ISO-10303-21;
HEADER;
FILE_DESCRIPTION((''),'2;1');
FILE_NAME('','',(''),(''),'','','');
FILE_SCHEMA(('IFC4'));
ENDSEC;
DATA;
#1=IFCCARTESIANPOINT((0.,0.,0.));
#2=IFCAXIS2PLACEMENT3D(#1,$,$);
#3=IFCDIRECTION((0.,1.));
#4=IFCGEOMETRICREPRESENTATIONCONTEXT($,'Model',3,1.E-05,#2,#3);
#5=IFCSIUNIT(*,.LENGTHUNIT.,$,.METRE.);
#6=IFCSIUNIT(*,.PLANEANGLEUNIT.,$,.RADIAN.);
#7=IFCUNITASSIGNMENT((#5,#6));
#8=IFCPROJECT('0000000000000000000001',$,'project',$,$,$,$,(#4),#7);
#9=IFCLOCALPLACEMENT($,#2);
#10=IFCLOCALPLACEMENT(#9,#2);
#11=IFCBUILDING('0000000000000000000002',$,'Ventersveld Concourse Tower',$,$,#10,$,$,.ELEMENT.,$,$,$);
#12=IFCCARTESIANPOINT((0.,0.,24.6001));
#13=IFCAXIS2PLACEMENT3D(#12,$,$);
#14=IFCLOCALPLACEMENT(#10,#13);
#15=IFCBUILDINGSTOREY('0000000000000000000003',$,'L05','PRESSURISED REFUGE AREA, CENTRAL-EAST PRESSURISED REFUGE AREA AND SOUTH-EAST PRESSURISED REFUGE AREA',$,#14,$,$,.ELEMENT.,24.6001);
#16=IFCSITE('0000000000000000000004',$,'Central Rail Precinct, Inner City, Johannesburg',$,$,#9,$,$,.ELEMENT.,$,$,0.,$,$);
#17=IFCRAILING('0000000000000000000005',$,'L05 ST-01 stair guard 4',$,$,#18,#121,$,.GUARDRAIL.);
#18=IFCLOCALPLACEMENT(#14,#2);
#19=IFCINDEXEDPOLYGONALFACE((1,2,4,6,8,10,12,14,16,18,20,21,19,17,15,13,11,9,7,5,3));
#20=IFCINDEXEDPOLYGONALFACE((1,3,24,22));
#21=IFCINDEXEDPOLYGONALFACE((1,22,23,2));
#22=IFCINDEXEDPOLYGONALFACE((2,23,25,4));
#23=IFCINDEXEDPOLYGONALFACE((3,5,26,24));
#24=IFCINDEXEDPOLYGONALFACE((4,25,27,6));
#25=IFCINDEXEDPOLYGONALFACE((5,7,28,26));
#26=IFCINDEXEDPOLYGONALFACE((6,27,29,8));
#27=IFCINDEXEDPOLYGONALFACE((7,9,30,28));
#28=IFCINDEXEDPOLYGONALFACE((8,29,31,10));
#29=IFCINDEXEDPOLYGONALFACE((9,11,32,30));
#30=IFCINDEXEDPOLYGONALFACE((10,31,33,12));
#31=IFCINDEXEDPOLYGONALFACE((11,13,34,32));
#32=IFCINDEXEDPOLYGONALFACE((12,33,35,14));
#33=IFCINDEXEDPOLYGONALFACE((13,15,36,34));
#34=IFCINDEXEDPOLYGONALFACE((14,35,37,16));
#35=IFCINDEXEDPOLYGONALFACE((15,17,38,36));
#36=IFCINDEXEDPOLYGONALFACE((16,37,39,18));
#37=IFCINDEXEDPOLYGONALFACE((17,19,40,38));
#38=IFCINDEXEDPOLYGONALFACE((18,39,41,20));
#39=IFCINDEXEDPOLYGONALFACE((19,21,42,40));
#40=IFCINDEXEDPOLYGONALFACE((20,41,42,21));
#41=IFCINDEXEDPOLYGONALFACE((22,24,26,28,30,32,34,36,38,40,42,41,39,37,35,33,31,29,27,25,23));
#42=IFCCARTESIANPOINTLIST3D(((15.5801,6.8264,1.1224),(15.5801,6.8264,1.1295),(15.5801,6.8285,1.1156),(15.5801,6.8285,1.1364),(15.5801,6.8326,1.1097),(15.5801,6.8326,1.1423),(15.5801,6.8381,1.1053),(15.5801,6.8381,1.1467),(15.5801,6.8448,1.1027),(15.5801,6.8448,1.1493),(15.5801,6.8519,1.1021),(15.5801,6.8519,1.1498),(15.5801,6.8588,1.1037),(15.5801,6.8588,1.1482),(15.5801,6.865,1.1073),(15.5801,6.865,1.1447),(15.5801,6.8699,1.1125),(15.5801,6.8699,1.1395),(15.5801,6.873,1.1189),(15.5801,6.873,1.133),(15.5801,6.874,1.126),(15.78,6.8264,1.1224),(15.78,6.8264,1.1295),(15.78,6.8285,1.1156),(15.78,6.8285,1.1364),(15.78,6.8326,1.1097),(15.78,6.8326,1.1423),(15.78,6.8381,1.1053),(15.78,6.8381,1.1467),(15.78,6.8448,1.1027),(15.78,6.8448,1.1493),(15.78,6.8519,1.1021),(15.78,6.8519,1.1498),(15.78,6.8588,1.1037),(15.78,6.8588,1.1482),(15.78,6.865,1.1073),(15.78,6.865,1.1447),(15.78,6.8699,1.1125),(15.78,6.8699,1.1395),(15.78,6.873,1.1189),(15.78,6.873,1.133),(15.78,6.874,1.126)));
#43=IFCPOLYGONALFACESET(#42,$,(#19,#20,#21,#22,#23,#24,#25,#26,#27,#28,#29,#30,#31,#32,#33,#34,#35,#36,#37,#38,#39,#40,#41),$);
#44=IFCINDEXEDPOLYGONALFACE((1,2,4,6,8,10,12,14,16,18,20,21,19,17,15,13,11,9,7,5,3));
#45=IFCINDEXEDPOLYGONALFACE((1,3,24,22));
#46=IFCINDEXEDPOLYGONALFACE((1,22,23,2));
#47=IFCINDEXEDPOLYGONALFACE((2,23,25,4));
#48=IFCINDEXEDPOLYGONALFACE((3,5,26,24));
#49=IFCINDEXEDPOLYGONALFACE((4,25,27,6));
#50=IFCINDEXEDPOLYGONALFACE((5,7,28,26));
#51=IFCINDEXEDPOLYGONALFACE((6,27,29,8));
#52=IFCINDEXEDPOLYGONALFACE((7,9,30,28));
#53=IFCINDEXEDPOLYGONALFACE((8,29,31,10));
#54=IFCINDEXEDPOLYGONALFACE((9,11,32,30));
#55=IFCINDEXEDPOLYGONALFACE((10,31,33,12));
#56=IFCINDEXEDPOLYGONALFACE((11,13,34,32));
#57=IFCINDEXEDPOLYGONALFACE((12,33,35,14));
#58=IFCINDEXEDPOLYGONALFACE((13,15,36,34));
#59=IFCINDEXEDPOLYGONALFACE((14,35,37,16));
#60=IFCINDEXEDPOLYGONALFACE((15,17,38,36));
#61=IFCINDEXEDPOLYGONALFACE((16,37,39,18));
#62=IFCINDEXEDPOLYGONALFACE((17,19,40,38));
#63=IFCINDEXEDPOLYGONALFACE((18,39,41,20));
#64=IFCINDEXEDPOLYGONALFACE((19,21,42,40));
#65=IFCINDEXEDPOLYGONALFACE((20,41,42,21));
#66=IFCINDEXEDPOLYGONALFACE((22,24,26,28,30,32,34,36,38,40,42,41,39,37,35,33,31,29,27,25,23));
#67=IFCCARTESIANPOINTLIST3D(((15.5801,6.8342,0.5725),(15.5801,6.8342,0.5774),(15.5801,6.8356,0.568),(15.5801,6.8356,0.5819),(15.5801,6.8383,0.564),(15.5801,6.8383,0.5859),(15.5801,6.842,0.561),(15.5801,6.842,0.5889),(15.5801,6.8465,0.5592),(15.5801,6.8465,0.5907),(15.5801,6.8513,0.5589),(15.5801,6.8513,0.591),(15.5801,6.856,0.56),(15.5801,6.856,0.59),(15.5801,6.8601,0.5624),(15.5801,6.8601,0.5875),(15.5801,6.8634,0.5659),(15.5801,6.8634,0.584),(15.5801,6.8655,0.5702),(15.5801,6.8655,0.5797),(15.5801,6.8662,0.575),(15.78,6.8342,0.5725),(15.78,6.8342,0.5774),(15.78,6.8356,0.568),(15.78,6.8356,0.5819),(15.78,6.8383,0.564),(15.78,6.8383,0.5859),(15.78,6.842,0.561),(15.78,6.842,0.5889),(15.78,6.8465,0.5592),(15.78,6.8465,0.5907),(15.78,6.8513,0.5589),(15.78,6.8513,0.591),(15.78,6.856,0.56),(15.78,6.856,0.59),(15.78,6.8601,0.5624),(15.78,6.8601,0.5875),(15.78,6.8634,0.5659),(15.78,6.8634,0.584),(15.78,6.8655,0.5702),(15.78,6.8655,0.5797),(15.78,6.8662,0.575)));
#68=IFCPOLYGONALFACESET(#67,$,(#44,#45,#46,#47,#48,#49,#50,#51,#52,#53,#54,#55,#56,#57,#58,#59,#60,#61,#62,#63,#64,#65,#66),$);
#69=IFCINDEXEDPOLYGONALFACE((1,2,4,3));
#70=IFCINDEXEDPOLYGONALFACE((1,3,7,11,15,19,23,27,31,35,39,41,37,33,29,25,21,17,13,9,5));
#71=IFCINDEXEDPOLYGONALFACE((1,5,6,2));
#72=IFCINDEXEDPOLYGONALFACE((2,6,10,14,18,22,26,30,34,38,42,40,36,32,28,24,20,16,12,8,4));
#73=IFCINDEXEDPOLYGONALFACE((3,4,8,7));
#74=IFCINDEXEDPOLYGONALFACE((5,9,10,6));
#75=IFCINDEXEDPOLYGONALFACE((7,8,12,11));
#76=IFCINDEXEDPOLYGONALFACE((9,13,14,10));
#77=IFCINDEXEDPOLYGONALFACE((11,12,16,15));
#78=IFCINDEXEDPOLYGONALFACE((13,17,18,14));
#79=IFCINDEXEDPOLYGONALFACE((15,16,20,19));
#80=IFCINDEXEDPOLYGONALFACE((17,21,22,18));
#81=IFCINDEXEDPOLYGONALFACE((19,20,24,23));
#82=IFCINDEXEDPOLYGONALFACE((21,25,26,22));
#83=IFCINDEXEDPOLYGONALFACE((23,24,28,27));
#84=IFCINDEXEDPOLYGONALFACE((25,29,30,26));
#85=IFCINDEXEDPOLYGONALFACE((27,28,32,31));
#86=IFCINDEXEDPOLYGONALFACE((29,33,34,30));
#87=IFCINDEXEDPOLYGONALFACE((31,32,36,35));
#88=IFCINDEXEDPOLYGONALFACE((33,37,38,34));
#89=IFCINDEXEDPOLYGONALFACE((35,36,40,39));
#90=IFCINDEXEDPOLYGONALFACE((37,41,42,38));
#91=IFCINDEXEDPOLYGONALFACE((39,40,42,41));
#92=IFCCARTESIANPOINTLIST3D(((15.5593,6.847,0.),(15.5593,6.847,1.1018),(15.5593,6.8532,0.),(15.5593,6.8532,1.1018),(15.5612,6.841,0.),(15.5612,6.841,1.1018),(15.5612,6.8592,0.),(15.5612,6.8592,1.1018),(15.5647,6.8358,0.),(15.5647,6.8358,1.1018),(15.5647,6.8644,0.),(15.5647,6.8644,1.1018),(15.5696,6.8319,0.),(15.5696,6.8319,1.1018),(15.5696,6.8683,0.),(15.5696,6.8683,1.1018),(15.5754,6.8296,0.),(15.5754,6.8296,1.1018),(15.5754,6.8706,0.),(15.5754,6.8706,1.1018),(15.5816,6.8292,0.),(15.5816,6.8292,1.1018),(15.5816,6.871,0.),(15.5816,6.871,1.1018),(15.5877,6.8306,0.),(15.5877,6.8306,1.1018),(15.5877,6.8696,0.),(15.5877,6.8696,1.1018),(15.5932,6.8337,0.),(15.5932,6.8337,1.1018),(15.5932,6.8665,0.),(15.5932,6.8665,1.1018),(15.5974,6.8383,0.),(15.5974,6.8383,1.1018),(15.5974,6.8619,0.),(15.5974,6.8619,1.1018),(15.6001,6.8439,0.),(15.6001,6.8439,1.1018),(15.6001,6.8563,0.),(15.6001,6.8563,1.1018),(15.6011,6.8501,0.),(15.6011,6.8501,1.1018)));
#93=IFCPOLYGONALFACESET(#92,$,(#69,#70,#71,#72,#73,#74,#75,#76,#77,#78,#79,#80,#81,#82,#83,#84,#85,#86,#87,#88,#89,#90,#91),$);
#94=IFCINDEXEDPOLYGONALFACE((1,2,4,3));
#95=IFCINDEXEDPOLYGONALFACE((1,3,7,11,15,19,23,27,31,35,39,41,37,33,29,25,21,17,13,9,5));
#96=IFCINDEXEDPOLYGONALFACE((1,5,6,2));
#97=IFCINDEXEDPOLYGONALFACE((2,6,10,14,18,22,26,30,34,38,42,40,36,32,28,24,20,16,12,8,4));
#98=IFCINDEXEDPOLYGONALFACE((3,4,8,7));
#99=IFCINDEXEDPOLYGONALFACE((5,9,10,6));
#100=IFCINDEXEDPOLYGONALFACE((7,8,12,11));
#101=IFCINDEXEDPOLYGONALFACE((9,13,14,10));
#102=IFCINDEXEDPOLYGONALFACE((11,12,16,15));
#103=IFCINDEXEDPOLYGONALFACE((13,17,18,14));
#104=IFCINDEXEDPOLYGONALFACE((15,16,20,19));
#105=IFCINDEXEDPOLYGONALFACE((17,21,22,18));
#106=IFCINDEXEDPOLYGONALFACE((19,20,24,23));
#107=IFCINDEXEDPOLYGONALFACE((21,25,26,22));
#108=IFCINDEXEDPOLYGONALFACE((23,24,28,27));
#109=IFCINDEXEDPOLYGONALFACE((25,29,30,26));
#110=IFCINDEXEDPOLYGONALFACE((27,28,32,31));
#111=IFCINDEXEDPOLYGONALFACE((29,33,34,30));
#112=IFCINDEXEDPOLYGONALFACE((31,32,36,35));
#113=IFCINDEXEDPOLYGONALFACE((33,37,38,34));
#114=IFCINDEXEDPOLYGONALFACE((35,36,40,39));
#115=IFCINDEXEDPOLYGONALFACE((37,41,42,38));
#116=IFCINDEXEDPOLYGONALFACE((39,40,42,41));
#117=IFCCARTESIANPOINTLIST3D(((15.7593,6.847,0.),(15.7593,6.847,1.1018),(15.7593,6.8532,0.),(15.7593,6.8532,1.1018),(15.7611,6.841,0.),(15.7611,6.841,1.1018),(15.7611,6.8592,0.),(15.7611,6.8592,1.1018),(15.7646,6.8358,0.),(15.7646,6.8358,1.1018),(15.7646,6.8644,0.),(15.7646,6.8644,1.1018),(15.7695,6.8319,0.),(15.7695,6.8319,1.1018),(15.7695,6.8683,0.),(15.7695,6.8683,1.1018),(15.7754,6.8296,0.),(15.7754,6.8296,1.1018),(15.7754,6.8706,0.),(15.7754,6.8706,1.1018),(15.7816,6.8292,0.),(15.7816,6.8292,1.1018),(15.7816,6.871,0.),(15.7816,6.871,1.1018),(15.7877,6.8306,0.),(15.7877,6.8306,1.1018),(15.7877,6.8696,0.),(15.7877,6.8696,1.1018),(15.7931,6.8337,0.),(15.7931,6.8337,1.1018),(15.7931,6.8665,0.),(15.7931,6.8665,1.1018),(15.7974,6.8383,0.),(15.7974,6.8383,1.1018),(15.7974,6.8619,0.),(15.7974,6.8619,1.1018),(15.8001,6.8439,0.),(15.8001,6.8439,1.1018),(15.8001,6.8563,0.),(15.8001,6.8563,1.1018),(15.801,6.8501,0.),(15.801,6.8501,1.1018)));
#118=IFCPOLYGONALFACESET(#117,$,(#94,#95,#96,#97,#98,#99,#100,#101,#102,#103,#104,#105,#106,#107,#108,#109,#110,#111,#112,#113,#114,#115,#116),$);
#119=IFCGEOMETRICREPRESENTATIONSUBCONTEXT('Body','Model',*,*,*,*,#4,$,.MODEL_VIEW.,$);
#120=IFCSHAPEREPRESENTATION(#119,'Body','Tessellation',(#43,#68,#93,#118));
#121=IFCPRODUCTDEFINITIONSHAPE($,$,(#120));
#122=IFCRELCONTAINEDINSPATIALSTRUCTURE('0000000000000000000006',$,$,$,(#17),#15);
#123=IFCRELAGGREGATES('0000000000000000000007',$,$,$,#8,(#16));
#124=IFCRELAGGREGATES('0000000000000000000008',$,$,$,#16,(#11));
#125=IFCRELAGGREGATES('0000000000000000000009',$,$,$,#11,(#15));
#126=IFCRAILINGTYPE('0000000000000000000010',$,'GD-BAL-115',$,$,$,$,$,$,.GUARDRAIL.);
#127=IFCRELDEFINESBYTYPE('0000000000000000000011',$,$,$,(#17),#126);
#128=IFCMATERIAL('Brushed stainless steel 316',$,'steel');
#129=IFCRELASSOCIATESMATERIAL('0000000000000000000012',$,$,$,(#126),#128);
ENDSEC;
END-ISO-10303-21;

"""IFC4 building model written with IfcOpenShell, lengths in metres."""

from ifc_helpers import new_model, si_unit, direction, frame, origin, origin_2d, place, context, subcontext, project, spatial, circle, extrude, material, type_object, element, save


model = new_model("IFC4")

# Units and contexts
model_context = context("Model", 3, precision=1e-05, world=origin(), true_north=direction((0.0, 1.0)))
body_context = subcontext(model_context, "Body", "Model", "MODEL_VIEW")
ifc_project = project(units=[si_unit("LENGTHUNIT", "METRE"), si_unit("PLANEANGLEUNIT", "RADIAN")], contexts=[model_context])

# Site, building, storey
site_placement = place(None, origin())
site = spatial("IfcSite", under=ifc_project, at=site_placement, Name="Central Rail Precinct, Inner City, Johannesburg", CompositionType="ELEMENT", RefElevation=0.0)
building_placement = place(site_placement, origin())
building = spatial("IfcBuilding", under=site, at=building_placement, Name="Ventersveld Concourse Tower", CompositionType="ELEMENT")
storey_placement = place(building_placement, frame((0.0, 0.0, 24.6001)))
storey = spatial("IfcBuildingStorey", under=building, at=storey_placement, Name="L05", Description="PRESSURISED REFUGE AREA, CENTRAL-EAST PRESSURISED REFUGE AREA AND SOUTH-EAST PRESSURISED REFUGE AREA", CompositionType="ELEMENT", Elevation=24.6001)

# Shared definitions
ifc_material_1 = material(Name="Brushed stainless steel 316", Category="steel")

# Railing
railing_type_1 = type_object("IfcRailingType", Name="GD-BAL-115", PredefinedType="GUARDRAIL", material=ifc_material_1)
railing_1_placement = place(storey_placement, frame((15.5801, 6.8501, 0.0)))
element("IfcRailing", 1, at=railing_1_placement, inside=storey, type_object=railing_type_1, Name="L05 ST-01 stair guard 4", PredefinedType="GUARDRAIL", context=body_context, shape_type="SweptSolid", body=[
    extrude(circle(Radius=0.0239, at=origin_2d()), frame((0.0, 0.0, 1.126), z_axis=(1.0, 0.0, 0.0), x_axis=(0.0, 1.0, 0.0)), (0.0, 0.0, 1.0), 0.2),
    extrude(circle(Radius=0.0161, at=origin_2d()), frame((0.0, 0.0, 0.575), z_axis=(1.0, 0.0, 0.0), x_axis=(0.0, 1.0, 0.0)), (0.0, 0.0, 1.0), 0.2),
    extrude(circle(Radius=0.021, at=origin_2d()), origin(), (0.0, 0.0, 1.0), 1.1018),
    extrude(circle(Radius=0.021, at=origin_2d()), frame((0.2, 0.0, 0.0)), (0.0, 0.0, 1.0), 1.1018),
])

save(model, "model.ifc")
